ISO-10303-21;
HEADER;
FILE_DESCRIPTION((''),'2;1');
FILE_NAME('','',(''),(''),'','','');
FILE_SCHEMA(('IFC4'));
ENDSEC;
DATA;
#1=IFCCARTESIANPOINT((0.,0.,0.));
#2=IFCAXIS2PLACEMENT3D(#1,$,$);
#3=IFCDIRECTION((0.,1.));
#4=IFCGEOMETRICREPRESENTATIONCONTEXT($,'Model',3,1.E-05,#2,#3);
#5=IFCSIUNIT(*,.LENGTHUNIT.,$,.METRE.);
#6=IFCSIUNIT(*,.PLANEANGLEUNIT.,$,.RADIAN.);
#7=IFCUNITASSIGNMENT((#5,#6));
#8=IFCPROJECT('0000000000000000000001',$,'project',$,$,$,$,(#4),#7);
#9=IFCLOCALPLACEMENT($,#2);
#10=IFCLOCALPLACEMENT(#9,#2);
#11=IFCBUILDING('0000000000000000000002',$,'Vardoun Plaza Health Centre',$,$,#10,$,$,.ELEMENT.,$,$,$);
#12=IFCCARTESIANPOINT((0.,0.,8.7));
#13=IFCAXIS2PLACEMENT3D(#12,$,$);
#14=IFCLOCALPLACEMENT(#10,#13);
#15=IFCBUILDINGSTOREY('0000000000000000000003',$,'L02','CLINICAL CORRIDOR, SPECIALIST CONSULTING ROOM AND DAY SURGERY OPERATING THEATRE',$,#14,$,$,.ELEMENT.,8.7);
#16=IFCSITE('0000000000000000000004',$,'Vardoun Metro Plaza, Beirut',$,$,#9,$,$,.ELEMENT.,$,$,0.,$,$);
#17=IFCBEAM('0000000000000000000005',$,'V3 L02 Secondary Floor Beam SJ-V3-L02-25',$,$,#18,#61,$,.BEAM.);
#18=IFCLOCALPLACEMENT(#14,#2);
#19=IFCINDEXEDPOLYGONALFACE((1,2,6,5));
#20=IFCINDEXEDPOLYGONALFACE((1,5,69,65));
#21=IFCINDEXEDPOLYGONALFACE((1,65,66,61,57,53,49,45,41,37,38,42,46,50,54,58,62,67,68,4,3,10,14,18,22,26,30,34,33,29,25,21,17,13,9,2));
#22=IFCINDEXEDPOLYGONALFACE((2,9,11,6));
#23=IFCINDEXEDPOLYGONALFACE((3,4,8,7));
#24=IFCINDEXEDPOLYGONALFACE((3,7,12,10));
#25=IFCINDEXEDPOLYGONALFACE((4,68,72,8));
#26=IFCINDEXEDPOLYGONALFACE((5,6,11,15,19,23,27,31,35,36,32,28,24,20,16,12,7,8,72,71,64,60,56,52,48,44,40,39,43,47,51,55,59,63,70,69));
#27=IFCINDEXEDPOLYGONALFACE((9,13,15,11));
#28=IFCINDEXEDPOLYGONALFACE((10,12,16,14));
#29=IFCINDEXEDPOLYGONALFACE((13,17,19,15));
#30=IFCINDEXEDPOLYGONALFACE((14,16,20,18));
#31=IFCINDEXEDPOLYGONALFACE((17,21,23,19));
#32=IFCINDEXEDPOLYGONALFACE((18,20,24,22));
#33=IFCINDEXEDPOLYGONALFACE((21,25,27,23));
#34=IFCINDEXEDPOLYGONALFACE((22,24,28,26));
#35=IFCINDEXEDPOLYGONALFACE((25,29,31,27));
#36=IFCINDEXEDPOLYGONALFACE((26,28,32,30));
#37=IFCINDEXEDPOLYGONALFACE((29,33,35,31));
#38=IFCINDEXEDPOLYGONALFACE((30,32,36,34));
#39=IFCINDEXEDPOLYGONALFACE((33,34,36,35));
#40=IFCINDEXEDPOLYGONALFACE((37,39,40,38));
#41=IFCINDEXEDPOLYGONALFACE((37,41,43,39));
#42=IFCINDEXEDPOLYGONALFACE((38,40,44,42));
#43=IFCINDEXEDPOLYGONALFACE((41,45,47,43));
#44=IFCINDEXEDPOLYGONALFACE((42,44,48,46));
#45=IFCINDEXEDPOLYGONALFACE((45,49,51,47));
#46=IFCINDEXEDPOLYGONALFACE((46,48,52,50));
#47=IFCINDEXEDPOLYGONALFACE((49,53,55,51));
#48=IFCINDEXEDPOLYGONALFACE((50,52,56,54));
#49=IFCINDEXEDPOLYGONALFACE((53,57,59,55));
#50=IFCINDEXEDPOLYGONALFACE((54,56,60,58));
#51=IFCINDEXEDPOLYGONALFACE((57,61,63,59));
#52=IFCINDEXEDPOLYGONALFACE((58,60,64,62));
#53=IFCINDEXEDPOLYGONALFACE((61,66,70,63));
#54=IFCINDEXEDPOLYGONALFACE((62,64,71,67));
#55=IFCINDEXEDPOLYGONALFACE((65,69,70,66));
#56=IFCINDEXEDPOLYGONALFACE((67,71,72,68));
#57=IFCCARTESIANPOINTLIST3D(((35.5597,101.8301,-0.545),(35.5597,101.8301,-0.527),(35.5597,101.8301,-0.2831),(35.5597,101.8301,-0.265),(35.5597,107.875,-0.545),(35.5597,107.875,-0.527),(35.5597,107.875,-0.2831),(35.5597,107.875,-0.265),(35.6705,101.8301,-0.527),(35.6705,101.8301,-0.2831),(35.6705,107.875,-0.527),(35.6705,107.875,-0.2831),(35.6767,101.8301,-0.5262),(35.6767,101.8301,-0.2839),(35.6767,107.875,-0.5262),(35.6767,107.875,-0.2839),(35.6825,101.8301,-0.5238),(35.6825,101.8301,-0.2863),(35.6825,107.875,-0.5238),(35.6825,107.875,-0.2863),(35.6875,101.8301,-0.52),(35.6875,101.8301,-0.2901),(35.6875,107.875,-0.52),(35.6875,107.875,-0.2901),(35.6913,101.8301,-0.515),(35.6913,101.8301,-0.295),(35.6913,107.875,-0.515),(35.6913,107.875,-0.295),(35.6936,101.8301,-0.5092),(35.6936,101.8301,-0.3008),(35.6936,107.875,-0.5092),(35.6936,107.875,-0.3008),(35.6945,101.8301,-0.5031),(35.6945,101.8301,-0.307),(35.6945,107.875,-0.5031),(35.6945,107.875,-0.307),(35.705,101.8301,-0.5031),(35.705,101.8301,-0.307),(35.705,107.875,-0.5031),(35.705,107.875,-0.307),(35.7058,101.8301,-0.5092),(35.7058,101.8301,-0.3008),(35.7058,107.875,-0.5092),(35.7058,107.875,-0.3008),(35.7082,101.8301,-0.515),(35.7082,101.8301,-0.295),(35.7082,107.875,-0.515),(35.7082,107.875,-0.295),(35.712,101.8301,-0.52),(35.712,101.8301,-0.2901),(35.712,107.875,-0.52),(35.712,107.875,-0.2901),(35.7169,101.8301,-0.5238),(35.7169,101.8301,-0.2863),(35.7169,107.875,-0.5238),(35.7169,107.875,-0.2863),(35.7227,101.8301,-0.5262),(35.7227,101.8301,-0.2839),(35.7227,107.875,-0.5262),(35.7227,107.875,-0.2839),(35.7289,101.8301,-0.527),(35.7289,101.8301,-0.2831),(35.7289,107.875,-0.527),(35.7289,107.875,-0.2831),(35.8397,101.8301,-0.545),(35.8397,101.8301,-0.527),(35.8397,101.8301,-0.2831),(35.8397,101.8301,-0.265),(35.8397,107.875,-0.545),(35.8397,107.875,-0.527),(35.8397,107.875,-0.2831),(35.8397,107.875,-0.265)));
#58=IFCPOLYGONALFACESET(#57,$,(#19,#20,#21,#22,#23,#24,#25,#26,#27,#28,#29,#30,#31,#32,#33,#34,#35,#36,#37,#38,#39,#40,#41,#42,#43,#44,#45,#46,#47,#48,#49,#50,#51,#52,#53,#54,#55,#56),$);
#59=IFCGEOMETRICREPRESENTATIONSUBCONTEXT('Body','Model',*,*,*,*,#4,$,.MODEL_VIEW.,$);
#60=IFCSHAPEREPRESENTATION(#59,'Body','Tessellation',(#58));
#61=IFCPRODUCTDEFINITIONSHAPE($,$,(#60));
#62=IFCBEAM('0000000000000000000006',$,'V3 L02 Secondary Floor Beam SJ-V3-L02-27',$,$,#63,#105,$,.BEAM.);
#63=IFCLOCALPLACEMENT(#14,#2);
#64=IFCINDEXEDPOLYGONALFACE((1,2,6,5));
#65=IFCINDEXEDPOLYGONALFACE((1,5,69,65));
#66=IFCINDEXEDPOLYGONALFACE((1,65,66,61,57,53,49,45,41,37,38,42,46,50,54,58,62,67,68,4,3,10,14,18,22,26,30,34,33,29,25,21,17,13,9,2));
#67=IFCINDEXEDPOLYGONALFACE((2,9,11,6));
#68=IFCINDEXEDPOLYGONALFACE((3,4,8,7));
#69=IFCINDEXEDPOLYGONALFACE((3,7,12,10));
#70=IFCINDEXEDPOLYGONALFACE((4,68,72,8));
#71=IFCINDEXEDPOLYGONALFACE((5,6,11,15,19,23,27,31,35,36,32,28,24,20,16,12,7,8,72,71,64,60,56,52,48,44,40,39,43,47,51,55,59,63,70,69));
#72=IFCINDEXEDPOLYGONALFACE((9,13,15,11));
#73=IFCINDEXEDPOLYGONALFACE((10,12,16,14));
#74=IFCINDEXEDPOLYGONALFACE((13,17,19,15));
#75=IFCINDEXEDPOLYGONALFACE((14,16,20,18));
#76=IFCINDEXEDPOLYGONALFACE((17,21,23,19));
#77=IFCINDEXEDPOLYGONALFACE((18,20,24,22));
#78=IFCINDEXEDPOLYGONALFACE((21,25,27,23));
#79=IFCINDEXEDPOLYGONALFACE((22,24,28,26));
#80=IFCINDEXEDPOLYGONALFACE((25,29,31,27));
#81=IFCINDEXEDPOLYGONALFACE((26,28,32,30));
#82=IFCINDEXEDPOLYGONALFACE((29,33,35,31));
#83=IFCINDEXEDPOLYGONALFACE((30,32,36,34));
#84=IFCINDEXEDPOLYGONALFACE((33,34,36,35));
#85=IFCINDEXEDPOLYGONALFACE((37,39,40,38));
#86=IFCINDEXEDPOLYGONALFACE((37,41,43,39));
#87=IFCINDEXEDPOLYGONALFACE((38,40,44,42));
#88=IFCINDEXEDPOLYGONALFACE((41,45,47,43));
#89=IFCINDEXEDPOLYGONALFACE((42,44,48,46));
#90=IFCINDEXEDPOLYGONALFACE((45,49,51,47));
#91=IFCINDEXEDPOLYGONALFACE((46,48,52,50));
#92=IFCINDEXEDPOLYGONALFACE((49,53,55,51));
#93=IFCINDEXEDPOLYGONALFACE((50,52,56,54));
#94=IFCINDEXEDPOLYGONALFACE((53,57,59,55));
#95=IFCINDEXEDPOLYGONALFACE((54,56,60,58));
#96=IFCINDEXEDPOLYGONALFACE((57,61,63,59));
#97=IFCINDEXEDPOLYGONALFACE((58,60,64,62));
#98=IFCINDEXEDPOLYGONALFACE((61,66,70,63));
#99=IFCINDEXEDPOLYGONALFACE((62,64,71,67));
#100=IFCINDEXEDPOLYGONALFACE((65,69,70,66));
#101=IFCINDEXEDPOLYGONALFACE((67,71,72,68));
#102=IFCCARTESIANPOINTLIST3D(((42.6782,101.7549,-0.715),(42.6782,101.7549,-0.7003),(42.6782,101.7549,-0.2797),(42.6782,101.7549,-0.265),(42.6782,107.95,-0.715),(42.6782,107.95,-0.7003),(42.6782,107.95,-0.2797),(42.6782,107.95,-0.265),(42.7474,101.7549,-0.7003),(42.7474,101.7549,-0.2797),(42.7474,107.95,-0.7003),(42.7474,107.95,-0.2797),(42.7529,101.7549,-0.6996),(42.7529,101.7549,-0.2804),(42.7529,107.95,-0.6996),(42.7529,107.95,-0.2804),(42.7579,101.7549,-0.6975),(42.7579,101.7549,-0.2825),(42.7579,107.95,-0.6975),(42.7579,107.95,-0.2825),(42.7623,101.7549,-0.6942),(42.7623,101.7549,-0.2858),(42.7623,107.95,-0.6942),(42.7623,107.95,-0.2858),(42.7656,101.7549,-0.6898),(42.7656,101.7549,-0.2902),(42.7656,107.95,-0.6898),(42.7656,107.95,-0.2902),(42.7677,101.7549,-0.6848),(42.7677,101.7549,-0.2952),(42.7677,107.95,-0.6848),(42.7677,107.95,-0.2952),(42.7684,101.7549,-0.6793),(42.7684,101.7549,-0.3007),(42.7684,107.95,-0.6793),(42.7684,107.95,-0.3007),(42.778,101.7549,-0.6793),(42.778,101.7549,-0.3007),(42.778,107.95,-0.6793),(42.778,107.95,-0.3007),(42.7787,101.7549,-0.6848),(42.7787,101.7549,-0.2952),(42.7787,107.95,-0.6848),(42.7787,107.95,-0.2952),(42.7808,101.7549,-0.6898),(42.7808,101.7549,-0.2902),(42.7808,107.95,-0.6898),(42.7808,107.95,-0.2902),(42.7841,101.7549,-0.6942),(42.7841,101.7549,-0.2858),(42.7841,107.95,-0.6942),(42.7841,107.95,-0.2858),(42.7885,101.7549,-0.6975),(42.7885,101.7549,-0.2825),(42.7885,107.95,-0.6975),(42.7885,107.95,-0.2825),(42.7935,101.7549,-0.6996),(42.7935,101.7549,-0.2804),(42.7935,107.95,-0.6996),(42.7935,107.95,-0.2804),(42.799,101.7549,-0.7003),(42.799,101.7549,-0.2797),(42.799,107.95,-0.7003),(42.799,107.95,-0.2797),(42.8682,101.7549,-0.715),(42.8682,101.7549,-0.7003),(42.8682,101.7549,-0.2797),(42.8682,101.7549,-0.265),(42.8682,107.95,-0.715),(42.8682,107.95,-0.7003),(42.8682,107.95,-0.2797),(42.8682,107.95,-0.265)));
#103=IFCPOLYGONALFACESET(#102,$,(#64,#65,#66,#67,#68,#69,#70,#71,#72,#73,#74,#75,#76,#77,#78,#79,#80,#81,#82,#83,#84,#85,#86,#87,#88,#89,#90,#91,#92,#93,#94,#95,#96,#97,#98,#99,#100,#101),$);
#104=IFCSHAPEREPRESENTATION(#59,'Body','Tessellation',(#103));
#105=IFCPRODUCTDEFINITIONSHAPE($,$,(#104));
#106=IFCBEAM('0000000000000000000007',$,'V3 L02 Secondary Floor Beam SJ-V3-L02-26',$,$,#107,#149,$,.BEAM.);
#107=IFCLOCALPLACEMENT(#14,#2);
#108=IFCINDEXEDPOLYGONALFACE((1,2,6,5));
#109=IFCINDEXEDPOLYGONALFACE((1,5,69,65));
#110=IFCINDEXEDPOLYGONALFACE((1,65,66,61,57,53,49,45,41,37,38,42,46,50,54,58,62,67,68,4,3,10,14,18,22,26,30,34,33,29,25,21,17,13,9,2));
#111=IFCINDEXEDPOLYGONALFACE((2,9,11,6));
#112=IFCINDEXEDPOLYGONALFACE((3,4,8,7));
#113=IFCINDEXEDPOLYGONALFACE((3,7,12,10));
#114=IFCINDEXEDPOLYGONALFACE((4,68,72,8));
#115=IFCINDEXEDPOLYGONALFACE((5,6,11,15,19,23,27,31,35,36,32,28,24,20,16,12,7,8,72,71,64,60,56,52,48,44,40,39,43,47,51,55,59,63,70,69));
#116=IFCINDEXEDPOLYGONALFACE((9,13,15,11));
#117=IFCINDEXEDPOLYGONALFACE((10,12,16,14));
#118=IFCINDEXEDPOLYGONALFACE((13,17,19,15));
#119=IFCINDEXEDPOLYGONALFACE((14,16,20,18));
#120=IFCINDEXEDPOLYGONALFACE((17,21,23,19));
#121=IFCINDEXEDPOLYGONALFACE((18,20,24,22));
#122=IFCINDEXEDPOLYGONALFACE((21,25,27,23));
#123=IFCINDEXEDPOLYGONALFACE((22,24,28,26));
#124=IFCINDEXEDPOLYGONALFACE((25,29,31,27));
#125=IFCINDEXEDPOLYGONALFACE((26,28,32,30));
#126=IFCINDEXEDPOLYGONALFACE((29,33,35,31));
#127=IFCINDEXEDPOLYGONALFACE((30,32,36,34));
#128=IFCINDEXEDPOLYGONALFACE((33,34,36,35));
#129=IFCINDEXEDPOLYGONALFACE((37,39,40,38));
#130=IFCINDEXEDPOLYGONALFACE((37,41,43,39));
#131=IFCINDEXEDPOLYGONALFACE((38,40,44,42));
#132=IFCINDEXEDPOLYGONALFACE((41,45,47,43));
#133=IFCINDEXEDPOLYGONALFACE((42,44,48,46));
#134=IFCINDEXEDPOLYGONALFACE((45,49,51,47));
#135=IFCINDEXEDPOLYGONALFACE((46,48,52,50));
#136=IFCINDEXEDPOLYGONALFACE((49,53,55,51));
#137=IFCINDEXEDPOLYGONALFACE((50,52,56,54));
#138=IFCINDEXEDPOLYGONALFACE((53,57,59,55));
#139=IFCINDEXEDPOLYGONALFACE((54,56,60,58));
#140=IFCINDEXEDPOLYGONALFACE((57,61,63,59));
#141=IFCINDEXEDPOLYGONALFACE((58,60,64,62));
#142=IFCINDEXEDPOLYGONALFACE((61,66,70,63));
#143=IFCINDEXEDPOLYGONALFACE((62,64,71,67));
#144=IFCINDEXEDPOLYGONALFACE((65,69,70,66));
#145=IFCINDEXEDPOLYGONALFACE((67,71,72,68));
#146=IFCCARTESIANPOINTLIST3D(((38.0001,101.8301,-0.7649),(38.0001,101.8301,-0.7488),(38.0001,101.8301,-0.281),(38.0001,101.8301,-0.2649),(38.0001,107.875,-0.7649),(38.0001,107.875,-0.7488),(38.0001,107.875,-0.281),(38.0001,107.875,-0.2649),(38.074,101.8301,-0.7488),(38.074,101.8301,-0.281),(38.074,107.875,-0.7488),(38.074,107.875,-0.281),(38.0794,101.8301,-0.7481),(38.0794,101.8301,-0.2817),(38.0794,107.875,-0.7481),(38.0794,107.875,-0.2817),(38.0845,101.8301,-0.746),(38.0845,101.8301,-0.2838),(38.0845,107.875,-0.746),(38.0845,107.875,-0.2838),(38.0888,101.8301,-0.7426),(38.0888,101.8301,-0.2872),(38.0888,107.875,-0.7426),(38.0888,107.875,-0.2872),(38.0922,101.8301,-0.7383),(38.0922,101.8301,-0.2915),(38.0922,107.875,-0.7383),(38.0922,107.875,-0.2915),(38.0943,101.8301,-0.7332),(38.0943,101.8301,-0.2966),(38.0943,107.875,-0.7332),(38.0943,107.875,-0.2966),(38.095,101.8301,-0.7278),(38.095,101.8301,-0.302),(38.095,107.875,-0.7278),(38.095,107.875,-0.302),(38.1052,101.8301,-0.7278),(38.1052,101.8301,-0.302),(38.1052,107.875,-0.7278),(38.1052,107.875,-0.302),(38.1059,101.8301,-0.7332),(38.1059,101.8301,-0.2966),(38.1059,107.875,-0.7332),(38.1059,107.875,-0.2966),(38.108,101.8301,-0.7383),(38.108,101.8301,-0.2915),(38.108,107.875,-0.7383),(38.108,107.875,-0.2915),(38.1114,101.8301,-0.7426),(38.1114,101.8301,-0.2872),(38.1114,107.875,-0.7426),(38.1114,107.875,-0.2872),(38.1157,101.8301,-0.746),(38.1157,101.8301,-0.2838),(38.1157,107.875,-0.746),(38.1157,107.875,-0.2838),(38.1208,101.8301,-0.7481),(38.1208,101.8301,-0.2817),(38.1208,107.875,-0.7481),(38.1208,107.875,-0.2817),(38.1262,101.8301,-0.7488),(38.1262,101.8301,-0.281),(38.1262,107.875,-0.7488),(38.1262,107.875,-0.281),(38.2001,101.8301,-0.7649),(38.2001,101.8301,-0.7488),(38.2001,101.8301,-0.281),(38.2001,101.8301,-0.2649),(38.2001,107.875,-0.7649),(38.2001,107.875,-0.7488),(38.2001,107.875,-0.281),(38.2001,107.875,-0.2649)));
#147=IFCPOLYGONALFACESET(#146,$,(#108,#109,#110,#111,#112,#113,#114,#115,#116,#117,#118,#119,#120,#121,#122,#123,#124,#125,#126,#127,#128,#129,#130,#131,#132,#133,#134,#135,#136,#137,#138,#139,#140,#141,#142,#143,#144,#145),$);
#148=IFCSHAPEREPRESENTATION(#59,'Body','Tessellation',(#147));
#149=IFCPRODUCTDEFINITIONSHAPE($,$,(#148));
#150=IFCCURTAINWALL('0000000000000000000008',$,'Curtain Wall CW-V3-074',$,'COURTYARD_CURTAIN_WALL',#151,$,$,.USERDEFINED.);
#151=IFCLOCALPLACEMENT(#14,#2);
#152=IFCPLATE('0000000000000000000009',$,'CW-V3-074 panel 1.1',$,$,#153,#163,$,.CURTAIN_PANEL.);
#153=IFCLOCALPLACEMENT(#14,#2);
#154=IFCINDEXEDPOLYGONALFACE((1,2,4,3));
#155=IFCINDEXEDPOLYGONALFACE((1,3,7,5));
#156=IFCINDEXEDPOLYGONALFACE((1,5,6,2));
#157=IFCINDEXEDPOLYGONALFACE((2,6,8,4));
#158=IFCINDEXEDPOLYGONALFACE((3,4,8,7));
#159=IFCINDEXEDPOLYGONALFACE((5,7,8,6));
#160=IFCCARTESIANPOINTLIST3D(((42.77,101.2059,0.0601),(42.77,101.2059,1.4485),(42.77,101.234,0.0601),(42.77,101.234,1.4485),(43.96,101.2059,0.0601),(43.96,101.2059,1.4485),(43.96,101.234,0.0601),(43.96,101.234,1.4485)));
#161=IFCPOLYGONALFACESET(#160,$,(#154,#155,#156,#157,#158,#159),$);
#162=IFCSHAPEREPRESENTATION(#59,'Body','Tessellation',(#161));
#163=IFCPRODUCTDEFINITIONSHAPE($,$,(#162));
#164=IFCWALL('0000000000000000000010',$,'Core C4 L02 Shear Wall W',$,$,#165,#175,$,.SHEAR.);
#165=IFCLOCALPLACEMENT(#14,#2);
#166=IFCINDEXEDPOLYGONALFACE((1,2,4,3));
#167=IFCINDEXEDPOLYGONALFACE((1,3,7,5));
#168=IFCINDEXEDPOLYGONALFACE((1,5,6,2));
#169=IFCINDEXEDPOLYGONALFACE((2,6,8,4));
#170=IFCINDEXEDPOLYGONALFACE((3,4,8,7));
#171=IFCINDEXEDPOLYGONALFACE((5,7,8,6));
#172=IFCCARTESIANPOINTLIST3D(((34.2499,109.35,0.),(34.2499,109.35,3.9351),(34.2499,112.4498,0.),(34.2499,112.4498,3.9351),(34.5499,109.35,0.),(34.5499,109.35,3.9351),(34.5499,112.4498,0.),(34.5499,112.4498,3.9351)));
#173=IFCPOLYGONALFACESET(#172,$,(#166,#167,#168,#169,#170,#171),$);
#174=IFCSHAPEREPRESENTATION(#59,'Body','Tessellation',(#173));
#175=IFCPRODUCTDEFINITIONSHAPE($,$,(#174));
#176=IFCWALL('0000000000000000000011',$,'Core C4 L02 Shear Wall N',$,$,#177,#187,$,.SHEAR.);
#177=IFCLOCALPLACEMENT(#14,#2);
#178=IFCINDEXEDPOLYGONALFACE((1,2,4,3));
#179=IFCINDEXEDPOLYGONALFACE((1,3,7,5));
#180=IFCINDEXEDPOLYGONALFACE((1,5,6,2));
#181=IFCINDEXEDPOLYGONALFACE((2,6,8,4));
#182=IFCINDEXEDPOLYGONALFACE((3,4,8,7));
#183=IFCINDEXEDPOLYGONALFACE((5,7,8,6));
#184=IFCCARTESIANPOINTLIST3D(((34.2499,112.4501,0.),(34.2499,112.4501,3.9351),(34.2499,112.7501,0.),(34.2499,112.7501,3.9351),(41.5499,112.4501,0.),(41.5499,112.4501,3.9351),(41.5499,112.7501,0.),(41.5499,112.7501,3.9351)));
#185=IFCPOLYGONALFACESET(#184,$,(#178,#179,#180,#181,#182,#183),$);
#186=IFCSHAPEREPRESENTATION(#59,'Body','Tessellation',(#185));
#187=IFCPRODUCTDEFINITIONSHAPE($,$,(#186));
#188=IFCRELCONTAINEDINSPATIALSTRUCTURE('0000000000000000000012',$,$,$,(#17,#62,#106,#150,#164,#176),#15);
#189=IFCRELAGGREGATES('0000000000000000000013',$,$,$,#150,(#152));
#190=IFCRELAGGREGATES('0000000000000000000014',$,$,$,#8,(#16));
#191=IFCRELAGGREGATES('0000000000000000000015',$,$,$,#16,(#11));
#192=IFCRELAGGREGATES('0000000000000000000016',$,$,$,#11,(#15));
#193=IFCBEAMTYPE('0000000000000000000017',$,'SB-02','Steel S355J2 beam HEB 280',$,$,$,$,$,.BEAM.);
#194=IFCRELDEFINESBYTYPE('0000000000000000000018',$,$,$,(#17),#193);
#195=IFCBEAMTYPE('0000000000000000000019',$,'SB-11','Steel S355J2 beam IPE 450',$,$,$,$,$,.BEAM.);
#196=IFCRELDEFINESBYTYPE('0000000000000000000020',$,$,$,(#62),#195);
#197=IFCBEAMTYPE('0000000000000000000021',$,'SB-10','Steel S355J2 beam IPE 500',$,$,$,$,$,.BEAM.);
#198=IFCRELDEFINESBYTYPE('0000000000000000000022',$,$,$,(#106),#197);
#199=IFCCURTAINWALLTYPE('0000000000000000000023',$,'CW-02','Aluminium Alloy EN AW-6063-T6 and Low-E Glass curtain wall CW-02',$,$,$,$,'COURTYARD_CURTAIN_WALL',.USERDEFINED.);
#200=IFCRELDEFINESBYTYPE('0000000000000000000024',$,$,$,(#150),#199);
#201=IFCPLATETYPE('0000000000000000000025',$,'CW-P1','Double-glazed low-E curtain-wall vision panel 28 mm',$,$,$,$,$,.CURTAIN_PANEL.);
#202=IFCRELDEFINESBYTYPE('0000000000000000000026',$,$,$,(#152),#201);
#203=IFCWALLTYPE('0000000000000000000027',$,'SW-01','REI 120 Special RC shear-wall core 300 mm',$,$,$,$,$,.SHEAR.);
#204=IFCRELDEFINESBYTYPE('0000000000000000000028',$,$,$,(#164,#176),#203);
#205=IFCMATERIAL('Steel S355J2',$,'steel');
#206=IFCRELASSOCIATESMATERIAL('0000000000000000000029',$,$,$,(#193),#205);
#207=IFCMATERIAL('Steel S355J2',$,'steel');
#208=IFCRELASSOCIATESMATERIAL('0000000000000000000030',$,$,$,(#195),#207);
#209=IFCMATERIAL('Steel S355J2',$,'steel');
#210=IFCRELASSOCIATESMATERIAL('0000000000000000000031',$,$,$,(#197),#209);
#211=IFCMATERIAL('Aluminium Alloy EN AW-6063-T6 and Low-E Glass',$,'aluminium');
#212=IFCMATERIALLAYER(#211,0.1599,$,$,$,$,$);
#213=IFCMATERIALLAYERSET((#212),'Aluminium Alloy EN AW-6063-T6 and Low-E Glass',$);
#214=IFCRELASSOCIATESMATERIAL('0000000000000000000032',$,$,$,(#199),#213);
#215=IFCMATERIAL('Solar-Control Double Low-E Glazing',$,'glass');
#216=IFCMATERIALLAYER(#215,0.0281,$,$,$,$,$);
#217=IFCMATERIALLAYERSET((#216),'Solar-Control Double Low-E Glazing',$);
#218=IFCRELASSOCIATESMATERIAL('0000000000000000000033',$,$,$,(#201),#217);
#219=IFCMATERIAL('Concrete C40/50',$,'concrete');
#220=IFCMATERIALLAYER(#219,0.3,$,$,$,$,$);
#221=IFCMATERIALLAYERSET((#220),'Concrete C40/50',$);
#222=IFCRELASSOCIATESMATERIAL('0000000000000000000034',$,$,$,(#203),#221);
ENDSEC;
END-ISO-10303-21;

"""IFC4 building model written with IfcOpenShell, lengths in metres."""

from ifc_helpers import new_model, si_unit, direction, frame, frame_2d, origin, origin_2d, place, context, subcontext, project, spatial, rectangle, i_section, extrude, material, layer, layer_set, material_profile, profile_set, type_object, element, aggregate, save


model = new_model("IFC4")

# Units and contexts
model_context = context("Model", 3, precision=1e-05, world=origin(), true_north=direction((0.0, 1.0)))
body_context = subcontext(model_context, "Body", "Model", "MODEL_VIEW")
ifc_project = project(units=[si_unit("LENGTHUNIT", "METRE"), si_unit("PLANEANGLEUNIT", "RADIAN")], contexts=[model_context])

# Site, building, storey
site_placement = place(None, origin())
site = spatial("IfcSite", under=ifc_project, at=site_placement, Name="Vardoun Metro Plaza, Beirut", CompositionType="ELEMENT", RefElevation=0.0)
building_placement = place(site_placement, origin())
building = spatial("IfcBuilding", under=site, at=building_placement, Name="Vardoun Plaza Health Centre", CompositionType="ELEMENT")
storey_placement = place(building_placement, frame((0.0, 0.0, 8.7)))
storey = spatial("IfcBuildingStorey", under=building, at=storey_placement, Name="L02", Description="CLINICAL CORRIDOR, SPECIALIST CONSULTING ROOM AND DAY SURGERY OPERATING THEATRE", CompositionType="ELEMENT", Elevation=8.7)

# Beams
ifc_material_1 = material(Name="Steel S355J2", Category="steel")
ifc_material_profile_1 = material_profile(ifc_material_1, i_section(OverallWidth=0.28, OverallDepth=0.28, WebThickness=0.0105, FlangeThickness=0.0181, FilletRadius=0.0239, at=origin_2d()), Name="HEB 280")
ifc_profile_set_1 = profile_set([ifc_material_profile_1], Name="Steel S355J2")
beam_type_1 = type_object("IfcBeamType", Name="SB-02", Description="Steel S355J2 beam HEB 280", PredefinedType="BEAM", material=ifc_profile_set_1)
beam_1_placement = place(storey_placement, frame((35.6997, 101.8301, -0.405), z_axis=(0.0, 1.0, 0.0), x_axis=(-1.0, 0.0, 0.0)))
element("IfcBeam", 1, at=beam_1_placement, inside=storey, type_object=beam_type_1, Name="V3 L02 Secondary Floor Beam SJ-V3-L02-25", PredefinedType="BEAM", context=body_context, shape_type="SweptSolid", body=[
    extrude(i_section(OverallWidth=0.28, OverallDepth=0.28, WebThickness=0.0105, FlangeThickness=0.0181, FilletRadius=0.0239, at=origin_2d()), origin(), (0.0, 0.0, 1.0), 6.0449),
])
ifc_material_2 = material(Name="Steel S355J2", Category="steel")
ifc_material_profile_2 = material_profile(ifc_material_2, i_section(OverallWidth=0.1899, OverallDepth=0.45, WebThickness=0.0095, FlangeThickness=0.0146, FilletRadius=0.021, at=origin_2d()), Name="IPE 450")
ifc_profile_set_2 = profile_set([ifc_material_profile_2], Name="Steel S355J2")
beam_type_2 = type_object("IfcBeamType", Name="SB-11", Description="Steel S355J2 beam IPE 450", PredefinedType="BEAM", material=ifc_profile_set_2)
beam_2_placement = place(storey_placement, frame((42.7732, 101.7549, -0.49), z_axis=(0.0, 1.0, 0.0), x_axis=(-1.0, 0.0, 0.0)))
element("IfcBeam", 2, at=beam_2_placement, inside=storey, type_object=beam_type_2, Name="V3 L02 Secondary Floor Beam SJ-V3-L02-27", PredefinedType="BEAM", context=body_context, shape_type="SweptSolid", body=[
    extrude(i_section(OverallWidth=0.1899, OverallDepth=0.45, WebThickness=0.0095, FlangeThickness=0.0146, FilletRadius=0.021, at=origin_2d()), origin(), (0.0, 0.0, 1.0), 6.1951),
])
ifc_material_3 = material(Name="Steel S355J2", Category="steel")
ifc_material_profile_3 = material_profile(ifc_material_3, i_section(OverallWidth=0.2, OverallDepth=0.5, WebThickness=0.0103, FlangeThickness=0.0161, FilletRadius=0.021, at=origin_2d()), Name="IPE 500")
ifc_profile_set_3 = profile_set([ifc_material_profile_3], Name="Steel S355J2")
beam_type_3 = type_object("IfcBeamType", Name="SB-10", Description="Steel S355J2 beam IPE 500", PredefinedType="BEAM", material=ifc_profile_set_3)
beam_3_placement = place(storey_placement, frame((38.1001, 101.8301, -0.5149), z_axis=(0.0, 1.0, 0.0), x_axis=(-1.0, 0.0, 0.0)))
element("IfcBeam", 3, at=beam_3_placement, inside=storey, type_object=beam_type_3, Name="V3 L02 Secondary Floor Beam SJ-V3-L02-26", PredefinedType="BEAM", context=body_context, shape_type="SweptSolid", body=[
    extrude(i_section(OverallWidth=0.2, OverallDepth=0.5, WebThickness=0.0103, FlangeThickness=0.0161, FilletRadius=0.021, at=origin_2d()), origin(), (0.0, 0.0, 1.0), 6.0449),
])

# Curtain wall, plate
ifc_material_4 = material(Name="Aluminium Alloy EN AW-6063-T6 and Low-E Glass", Category="aluminium")
ifc_layer_1 = layer(ifc_material_4, 0.1599)
ifc_layer_set_1 = layer_set([ifc_layer_1], Name="Aluminium Alloy EN AW-6063-T6 and Low-E Glass")
curtain_wall_type = type_object("IfcCurtainWallType", Name="CW-02", Description="Aluminium Alloy EN AW-6063-T6 and Low-E Glass curtain wall CW-02", ElementType="COURTYARD_CURTAIN_WALL", PredefinedType="USERDEFINED", material=ifc_layer_set_1)
curtain_wall_placement = place(storey_placement, origin())
curtain_wall = element("IfcCurtainWall", 4, at=curtain_wall_placement, inside=storey, type_object=curtain_wall_type, Name="Curtain Wall CW-V3-074", ObjectType="COURTYARD_CURTAIN_WALL", PredefinedType="USERDEFINED")
ifc_material_5 = material(Name="Solar-Control Double Low-E Glazing", Category="glass")
ifc_layer_2 = layer(ifc_material_5, 0.0281)
ifc_layer_set_2 = layer_set([ifc_layer_2], Name="Solar-Control Double Low-E Glazing")
plate_type = type_object("IfcPlateType", Name="CW-P1", Description="Double-glazed low-E curtain-wall vision panel 28 mm", PredefinedType="CURTAIN_PANEL", material=ifc_layer_set_2)
plate_placement = place(storey_placement, frame((43.365, 101.22, 0.0601), z_axis=(0.0, 0.0, 1.0), x_axis=(-1.0, 0.0, 0.0)))
plate = element("IfcPlate", 5, at=plate_placement, type_object=plate_type, Name="CW-V3-074 panel 1.1", PredefinedType="CURTAIN_PANEL", context=body_context, shape_type="SweptSolid", body=[
    extrude(rectangle(XDim=1.1899, YDim=0.0281, at=origin_2d()), origin(), (0.0, 0.0, 1.0), 1.3884),
])
aggregate(curtain_wall, [plate])

# Shared definitions
ifc_material_6 = material(Name="Concrete C40/50", Category="concrete")
ifc_layer_3 = layer(ifc_material_6, 0.3)
ifc_layer_set_3 = layer_set([ifc_layer_3], Name="Concrete C40/50")
wall_type_1 = type_object("IfcWallType", Name="SW-01", Description="REI 120 Special RC shear-wall core 300 mm", PredefinedType="SHEAR", material=ifc_layer_set_3)

# Walls
wall_1_placement = place(storey_placement, frame((34.3999, 109.3501, 0.0), z_axis=(0.0, 0.0, 1.0), x_axis=(0.0, 1.0, 0.0)))
element("IfcWall", 6, at=wall_1_placement, inside=storey, type_object=wall_type_1, Name="Core C4 L02 Shear Wall W", PredefinedType="SHEAR", context=body_context, shape_type="SweptSolid", body=[
    extrude(rectangle(XDim=3.0999, YDim=0.3, at=frame_2d((1.5498, 0.0))), origin(), (0.0, 0.0, 1.0), 3.9351),
])
wall_2_placement = place(storey_placement, frame((34.25, 112.6001, 0.0), z_axis=(0.0, 0.0, 1.0), x_axis=(1.0, 0.0, 0.0)))
element("IfcWall", 7, at=wall_2_placement, inside=storey, type_object=wall_type_1, Name="Core C4 L02 Shear Wall N", PredefinedType="SHEAR", context=body_context, shape_type="SweptSolid", body=[
    extrude(rectangle(XDim=7.3, YDim=0.3, at=frame_2d((3.6499, 0.0))), origin(), (0.0, 0.0, 1.0), 3.9351),
])

save(model, "model.ifc")
